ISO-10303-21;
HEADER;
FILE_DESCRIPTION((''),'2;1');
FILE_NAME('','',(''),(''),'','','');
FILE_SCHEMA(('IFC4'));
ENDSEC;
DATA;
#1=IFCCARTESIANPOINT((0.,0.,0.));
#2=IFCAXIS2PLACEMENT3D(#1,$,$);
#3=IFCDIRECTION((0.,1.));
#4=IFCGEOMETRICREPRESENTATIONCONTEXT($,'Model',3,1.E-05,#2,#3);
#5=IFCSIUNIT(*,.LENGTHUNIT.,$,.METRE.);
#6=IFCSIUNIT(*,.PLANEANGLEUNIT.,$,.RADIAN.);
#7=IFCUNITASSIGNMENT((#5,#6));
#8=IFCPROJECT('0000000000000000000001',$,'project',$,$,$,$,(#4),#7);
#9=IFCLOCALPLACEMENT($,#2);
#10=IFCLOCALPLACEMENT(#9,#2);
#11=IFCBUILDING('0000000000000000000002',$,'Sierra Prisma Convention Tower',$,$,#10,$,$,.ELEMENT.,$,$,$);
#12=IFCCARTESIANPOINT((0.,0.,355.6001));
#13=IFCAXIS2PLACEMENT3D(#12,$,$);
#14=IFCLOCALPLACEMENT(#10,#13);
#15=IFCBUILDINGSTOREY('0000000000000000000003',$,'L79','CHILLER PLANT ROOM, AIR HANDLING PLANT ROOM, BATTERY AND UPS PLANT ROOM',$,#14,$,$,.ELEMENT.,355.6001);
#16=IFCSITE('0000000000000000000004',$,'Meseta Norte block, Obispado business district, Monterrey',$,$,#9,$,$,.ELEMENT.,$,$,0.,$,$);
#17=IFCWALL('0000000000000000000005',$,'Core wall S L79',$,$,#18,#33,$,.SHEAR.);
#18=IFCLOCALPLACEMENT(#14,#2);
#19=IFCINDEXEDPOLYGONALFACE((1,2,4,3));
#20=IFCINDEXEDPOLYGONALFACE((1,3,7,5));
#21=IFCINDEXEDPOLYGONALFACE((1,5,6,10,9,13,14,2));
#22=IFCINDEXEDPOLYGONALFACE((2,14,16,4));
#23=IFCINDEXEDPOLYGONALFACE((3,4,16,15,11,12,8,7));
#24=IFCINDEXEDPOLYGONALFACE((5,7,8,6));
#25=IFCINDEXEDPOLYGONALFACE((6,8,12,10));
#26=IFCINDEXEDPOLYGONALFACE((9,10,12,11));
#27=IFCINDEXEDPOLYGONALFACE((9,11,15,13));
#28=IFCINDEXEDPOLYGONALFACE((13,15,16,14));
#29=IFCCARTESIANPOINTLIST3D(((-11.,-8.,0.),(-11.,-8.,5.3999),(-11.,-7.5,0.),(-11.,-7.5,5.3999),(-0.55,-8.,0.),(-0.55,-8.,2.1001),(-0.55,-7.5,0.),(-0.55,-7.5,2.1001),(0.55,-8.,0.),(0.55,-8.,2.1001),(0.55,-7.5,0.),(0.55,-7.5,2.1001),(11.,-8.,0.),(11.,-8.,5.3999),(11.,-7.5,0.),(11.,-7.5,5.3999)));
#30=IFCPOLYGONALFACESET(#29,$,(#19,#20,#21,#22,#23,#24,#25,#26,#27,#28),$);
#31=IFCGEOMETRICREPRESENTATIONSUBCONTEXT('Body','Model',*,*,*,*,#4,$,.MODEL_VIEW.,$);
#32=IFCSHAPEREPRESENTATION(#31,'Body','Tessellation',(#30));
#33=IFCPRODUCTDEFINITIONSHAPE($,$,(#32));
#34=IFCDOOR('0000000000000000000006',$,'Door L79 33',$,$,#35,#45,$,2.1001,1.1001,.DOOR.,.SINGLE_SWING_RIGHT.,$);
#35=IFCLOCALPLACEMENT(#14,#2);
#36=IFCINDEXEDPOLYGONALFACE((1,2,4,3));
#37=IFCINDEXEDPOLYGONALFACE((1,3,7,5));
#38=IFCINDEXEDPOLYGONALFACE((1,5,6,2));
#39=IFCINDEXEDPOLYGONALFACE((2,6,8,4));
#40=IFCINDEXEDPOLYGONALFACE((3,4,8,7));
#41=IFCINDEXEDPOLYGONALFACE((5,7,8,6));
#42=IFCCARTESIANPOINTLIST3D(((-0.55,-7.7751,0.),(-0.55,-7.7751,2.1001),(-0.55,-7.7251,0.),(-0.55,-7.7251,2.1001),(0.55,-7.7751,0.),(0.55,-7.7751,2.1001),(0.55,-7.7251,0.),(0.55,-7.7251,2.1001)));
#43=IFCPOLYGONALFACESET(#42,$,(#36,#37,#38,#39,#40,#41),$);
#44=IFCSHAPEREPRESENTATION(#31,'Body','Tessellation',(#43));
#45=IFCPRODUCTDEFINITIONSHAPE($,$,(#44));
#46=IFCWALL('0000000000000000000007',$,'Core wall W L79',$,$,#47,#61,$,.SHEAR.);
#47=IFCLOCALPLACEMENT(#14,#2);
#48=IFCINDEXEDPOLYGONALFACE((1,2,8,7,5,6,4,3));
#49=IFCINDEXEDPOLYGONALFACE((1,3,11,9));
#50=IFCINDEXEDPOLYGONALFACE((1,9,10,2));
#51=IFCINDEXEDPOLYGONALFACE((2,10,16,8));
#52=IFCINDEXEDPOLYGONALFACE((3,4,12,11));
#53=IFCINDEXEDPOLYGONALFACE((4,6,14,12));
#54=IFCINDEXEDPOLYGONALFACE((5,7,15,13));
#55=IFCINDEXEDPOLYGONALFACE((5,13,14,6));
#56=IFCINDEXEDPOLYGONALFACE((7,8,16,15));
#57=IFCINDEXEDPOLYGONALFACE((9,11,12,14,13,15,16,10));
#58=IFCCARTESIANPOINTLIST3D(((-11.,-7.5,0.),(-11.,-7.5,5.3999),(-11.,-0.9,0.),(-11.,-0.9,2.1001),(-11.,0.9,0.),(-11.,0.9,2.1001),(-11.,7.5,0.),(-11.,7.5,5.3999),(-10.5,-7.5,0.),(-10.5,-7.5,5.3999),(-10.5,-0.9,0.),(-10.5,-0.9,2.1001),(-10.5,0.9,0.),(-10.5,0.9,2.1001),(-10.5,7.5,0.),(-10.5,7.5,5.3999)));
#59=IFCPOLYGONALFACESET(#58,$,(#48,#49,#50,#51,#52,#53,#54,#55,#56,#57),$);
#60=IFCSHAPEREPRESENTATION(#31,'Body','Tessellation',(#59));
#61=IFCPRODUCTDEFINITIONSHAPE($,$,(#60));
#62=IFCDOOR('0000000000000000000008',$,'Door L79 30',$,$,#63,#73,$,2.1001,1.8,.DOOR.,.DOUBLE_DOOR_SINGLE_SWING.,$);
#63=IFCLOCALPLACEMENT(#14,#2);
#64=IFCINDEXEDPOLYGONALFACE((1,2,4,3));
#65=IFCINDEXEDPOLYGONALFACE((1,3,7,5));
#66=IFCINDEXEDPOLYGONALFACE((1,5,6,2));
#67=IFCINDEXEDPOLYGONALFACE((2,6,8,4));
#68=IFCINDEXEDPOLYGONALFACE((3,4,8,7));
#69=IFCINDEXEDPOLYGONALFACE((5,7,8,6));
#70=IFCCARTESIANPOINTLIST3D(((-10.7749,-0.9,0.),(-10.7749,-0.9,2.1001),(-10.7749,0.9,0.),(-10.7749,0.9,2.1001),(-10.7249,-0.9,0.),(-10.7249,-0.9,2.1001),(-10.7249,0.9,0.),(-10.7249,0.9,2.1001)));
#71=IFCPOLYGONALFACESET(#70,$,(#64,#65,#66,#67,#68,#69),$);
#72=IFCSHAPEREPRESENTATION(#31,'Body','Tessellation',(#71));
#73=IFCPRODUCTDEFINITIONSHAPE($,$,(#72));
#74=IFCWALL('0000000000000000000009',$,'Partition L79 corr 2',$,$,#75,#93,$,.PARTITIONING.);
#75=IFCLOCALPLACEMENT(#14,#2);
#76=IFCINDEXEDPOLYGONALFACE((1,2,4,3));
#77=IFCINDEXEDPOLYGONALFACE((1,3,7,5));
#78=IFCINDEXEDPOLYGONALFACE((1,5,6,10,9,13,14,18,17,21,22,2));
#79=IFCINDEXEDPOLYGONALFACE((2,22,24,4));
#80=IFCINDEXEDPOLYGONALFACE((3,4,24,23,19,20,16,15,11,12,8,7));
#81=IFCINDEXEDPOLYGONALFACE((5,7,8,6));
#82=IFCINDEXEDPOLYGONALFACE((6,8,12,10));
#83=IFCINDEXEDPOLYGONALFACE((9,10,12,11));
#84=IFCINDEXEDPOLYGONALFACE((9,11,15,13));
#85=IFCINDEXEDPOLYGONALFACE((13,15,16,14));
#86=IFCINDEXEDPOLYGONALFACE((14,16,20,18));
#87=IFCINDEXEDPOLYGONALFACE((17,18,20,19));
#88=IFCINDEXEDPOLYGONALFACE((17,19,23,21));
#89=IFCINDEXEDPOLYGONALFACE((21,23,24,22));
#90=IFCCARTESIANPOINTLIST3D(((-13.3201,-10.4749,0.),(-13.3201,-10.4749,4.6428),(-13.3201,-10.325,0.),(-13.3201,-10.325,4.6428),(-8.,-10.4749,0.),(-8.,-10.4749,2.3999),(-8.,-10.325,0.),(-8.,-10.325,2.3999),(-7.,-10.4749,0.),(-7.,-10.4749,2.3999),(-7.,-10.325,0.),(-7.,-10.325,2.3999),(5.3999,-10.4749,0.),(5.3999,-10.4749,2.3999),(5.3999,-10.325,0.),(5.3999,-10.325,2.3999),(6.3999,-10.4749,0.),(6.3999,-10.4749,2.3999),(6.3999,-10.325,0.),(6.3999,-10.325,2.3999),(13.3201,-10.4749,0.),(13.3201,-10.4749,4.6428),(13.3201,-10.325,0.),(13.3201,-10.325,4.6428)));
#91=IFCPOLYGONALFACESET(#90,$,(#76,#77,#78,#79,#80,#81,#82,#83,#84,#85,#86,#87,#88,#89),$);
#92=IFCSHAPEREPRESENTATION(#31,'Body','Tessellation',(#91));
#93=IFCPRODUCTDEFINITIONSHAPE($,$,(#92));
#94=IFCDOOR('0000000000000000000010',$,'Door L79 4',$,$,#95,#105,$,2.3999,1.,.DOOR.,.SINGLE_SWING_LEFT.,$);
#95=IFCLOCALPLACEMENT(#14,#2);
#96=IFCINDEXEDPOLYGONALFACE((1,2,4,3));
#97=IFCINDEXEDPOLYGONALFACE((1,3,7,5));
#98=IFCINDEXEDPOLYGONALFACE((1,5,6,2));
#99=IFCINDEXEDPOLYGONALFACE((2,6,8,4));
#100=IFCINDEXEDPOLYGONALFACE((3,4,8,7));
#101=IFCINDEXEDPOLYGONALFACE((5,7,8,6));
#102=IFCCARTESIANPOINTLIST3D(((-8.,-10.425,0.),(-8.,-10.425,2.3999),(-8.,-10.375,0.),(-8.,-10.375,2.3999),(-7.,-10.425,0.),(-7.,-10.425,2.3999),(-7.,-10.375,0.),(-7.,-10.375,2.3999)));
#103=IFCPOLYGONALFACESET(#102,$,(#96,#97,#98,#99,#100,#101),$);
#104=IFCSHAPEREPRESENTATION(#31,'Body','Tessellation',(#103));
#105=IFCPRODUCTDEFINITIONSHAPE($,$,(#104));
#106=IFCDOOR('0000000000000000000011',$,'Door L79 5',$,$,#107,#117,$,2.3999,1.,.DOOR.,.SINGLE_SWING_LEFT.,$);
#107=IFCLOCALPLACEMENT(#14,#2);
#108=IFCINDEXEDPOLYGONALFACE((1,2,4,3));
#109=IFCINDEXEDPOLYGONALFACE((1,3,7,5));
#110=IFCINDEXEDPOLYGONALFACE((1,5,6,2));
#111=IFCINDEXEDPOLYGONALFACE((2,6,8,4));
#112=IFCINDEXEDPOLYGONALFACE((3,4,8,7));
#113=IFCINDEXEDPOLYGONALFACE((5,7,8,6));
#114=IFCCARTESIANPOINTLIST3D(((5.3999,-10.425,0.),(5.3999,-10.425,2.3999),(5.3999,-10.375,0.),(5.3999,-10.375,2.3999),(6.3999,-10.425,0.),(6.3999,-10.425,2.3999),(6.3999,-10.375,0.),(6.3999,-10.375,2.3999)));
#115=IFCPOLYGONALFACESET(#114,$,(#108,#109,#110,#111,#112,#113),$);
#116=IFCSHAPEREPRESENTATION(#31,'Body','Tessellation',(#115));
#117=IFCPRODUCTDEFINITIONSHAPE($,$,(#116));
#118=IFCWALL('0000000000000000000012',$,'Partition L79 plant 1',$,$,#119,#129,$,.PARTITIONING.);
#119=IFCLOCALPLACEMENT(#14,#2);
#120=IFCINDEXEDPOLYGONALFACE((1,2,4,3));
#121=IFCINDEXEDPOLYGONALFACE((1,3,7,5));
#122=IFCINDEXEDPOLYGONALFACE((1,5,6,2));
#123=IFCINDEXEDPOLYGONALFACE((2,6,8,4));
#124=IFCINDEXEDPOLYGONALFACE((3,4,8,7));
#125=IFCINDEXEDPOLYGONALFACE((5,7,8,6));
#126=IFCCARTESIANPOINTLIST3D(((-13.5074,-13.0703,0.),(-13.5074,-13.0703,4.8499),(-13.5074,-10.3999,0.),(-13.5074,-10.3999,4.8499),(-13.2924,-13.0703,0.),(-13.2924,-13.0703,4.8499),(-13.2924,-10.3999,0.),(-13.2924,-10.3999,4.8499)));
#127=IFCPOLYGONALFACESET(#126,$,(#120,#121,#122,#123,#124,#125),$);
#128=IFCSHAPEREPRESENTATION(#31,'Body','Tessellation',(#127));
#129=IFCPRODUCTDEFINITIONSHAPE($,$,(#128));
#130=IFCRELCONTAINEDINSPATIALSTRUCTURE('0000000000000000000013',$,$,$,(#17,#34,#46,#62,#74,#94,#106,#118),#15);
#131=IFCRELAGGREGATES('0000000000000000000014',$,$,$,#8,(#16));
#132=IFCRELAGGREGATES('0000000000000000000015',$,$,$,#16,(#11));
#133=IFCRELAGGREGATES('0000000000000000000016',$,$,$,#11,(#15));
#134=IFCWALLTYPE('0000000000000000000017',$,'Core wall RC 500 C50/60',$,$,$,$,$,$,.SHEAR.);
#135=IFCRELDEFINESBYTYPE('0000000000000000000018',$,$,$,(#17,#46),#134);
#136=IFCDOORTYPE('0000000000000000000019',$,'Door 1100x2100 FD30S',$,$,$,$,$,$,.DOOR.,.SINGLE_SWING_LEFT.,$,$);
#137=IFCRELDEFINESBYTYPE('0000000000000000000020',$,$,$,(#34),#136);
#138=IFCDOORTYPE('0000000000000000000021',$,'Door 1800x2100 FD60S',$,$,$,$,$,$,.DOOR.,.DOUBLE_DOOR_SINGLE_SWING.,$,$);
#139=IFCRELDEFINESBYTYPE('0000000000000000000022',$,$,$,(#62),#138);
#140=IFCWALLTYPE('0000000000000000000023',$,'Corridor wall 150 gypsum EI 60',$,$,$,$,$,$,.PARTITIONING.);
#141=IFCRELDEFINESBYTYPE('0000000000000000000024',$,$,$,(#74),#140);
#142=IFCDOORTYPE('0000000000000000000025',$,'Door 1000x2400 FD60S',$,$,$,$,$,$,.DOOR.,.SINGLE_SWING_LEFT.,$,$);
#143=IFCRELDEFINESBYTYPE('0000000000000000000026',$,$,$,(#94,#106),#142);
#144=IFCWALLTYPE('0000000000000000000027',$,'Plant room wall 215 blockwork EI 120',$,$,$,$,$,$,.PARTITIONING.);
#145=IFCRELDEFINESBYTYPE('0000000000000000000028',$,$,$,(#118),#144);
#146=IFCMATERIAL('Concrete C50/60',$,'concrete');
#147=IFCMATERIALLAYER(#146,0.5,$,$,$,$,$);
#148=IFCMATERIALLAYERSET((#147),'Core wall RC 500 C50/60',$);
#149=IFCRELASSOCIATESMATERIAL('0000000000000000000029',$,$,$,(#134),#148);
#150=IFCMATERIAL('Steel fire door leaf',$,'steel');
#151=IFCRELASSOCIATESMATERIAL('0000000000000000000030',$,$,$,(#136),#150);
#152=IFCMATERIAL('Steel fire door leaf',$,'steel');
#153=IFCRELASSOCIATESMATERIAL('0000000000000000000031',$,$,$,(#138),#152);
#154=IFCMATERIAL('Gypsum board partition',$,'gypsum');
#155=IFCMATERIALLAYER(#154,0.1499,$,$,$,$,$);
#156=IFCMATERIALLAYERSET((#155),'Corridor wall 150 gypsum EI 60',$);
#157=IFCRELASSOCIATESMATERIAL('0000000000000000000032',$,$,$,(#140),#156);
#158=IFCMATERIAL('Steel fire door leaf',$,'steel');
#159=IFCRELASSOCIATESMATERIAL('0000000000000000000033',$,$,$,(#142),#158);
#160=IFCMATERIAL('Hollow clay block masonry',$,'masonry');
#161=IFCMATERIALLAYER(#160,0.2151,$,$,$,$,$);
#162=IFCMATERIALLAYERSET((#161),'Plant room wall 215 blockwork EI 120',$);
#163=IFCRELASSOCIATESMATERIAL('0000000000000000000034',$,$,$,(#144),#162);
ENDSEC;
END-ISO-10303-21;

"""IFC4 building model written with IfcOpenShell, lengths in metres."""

from ifc_helpers import new_model, si_unit, direction, frame, frame_2d, origin, place, context, subcontext, project, spatial, rectangle, extrude, material, layer, layer_set, type_object, element, fill, save


model = new_model("IFC4")

# Units and contexts
model_context = context("Model", 3, precision=1e-05, world=origin(), true_north=direction((0.0, 1.0)))
body_context = subcontext(model_context, "Body", "Model", "MODEL_VIEW")
ifc_project = project(units=[si_unit("LENGTHUNIT", "METRE"), si_unit("PLANEANGLEUNIT", "RADIAN")], contexts=[model_context])

# Site, building, storey
site_placement = place(None, origin())
site = spatial("IfcSite", under=ifc_project, at=site_placement, Name="Meseta Norte block, Obispado business district, Monterrey", CompositionType="ELEMENT", RefElevation=0.0)
building_placement = place(site_placement, origin())
building = spatial("IfcBuilding", under=site, at=building_placement, Name="Sierra Prisma Convention Tower", CompositionType="ELEMENT")
storey_placement = place(building_placement, frame((0.0, 0.0, 355.6001)))
storey = spatial("IfcBuildingStorey", under=building, at=storey_placement, Name="L79", Description="CHILLER PLANT ROOM, AIR HANDLING PLANT ROOM, BATTERY AND UPS PLANT ROOM", CompositionType="ELEMENT", Elevation=355.6001)

# Walls, openings, doors
ifc_material_1 = material(Name="Concrete C50/60", Category="concrete")
ifc_layer_1 = layer(ifc_material_1, 0.5)
ifc_layer_set_1 = layer_set([ifc_layer_1], Name="Core wall RC 500 C50/60")
wall_type_1 = type_object("IfcWallType", Name="Core wall RC 500 C50/60", PredefinedType="SHEAR", material=ifc_layer_set_1)
wall_1_placement = place(storey_placement, frame((-11.0, -7.75, 0.0), z_axis=(0.0, 0.0, 1.0), x_axis=(1.0, 0.0, 0.0)))
wall_1 = element("IfcWall", 1, at=wall_1_placement, inside=storey, type_object=wall_type_1, Name="Core wall S L79", PredefinedType="SHEAR", context=body_context, shape_type="SweptSolid", body=[
    extrude(rectangle(XDim=22.0, YDim=0.5, at=frame_2d((11.0, 0.0))), origin(), (0.0, 0.0, 1.0), 5.3999),
])
opening_1_placement = place(wall_1_placement, frame((10.45, 0.0, 0.0)))
opening_1 = element("IfcOpeningElement", 2, at=opening_1_placement, cuts=wall_1, PredefinedType="OPENING", context=body_context, shape_type="SweptSolid", body=[
    extrude(rectangle(XDim=1.1001, YDim=2.1001, at=frame_2d((0.55, 1.05))), frame((0.0, 0.25, 0.0), z_axis=(0.0, -1.0, 0.0), x_axis=(1.0, 0.0, 0.0)), (0.0, 0.0, 1.0), 0.5),
])
ifc_material_2 = material(Name="Steel fire door leaf", Category="steel")
door_type_1 = type_object("IfcDoorType", Name="Door 1100x2100 FD30S", OperationType="SINGLE_SWING_LEFT", PredefinedType="DOOR", material=ifc_material_2)
door_1_placement = place(opening_1_placement, origin())
door_1 = element("IfcDoor", 3, at=door_1_placement, inside=storey, type_object=door_type_1, Name="Door L79 33", OperationType="SINGLE_SWING_RIGHT", OverallHeight=2.1001, OverallWidth=1.1001, PredefinedType="DOOR", context=body_context, shape_type="SweptSolid", body=[
    extrude(rectangle(XDim=1.1001, YDim=2.1001, at=frame_2d((0.55, 1.05))), frame((0.0, 0.0249, 0.0), z_axis=(0.0, -1.0, 0.0), x_axis=(1.0, 0.0, 0.0)), (0.0, 0.0, 1.0), 0.05),
])
fill(opening_1, door_1)
wall_2_placement = place(storey_placement, frame((-10.75, -7.5, 0.0), z_axis=(0.0, 0.0, 1.0), x_axis=(0.0, 1.0, 0.0)))
wall_2 = element("IfcWall", 4, at=wall_2_placement, inside=storey, type_object=wall_type_1, Name="Core wall W L79", PredefinedType="SHEAR", context=body_context, shape_type="SweptSolid", body=[
    extrude(rectangle(XDim=15.0, YDim=0.5, at=frame_2d((7.5, 0.0))), origin(), (0.0, 0.0, 1.0), 5.3999),
])
opening_2_placement = place(wall_2_placement, frame((6.6001, 0.0, 0.0)))
opening_2 = element("IfcOpeningElement", 5, at=opening_2_placement, cuts=wall_2, PredefinedType="OPENING", context=body_context, shape_type="SweptSolid", body=[
    extrude(rectangle(XDim=1.8, YDim=2.1001, at=frame_2d((0.8999, 1.05))), frame((0.0, 0.25, 0.0), z_axis=(0.0, -1.0, 0.0), x_axis=(1.0, 0.0, 0.0)), (0.0, 0.0, 1.0), 0.5),
])
ifc_material_3 = material(Name="Steel fire door leaf", Category="steel")
door_type_2 = type_object("IfcDoorType", Name="Door 1800x2100 FD60S", OperationType="DOUBLE_DOOR_SINGLE_SWING", PredefinedType="DOOR", material=ifc_material_3)
door_2_placement = place(opening_2_placement, origin())
door_2 = element("IfcDoor", 6, at=door_2_placement, inside=storey, type_object=door_type_2, Name="Door L79 30", OperationType="DOUBLE_DOOR_SINGLE_SWING", OverallHeight=2.1001, OverallWidth=1.8, PredefinedType="DOOR", context=body_context, shape_type="SweptSolid", body=[
    extrude(rectangle(XDim=1.8, YDim=2.1001, at=frame_2d((0.8999, 1.05))), frame((0.0, 0.0249, 0.0), z_axis=(0.0, -1.0, 0.0), x_axis=(1.0, 0.0, 0.0)), (0.0, 0.0, 1.0), 0.05),
])
fill(opening_2, door_2)

# Wall, openings, doors
ifc_material_4 = material(Name="Gypsum board partition", Category="gypsum")
ifc_layer_2 = layer(ifc_material_4, 0.1499)
ifc_layer_set_2 = layer_set([ifc_layer_2], Name="Corridor wall 150 gypsum EI 60")
wall_type_2 = type_object("IfcWallType", Name="Corridor wall 150 gypsum EI 60", PredefinedType="PARTITIONING", material=ifc_layer_set_2)
wall_3_placement = place(storey_placement, frame((-13.3201, -10.3999, 0.0), z_axis=(0.0, 0.0, 1.0), x_axis=(1.0, 0.0, 0.0)))
wall_3 = element("IfcWall", 7, at=wall_3_placement, inside=storey, type_object=wall_type_2, Name="Partition L79 corr 2", PredefinedType="PARTITIONING", context=body_context, shape_type="SweptSolid", body=[
    extrude(rectangle(XDim=26.6401, YDim=0.1499, at=frame_2d((13.3201, 0.0))), origin(), (0.0, 0.0, 1.0), 4.6428),
])
opening_3_placement = place(wall_3_placement, frame((5.3201, 0.0, 0.0)))
opening_3 = element("IfcOpeningElement", 8, at=opening_3_placement, cuts=wall_3, PredefinedType="OPENING", context=body_context, shape_type="SweptSolid", body=[
    extrude(rectangle(XDim=1.0, YDim=2.3999, at=frame_2d((0.5, 1.2))), frame((0.0, 0.075, 0.0), z_axis=(0.0, -1.0, 0.0), x_axis=(1.0, 0.0, 0.0)), (0.0, 0.0, 1.0), 0.1499),
])
opening_4_placement = place(wall_3_placement, frame((18.72, 0.0, 0.0)))
opening_4 = element("IfcOpeningElement", 9, at=opening_4_placement, cuts=wall_3, PredefinedType="OPENING", context=body_context, shape_type="SweptSolid", body=[
    extrude(rectangle(XDim=1.0, YDim=2.3999, at=frame_2d((0.5, 1.2))), frame((0.0, 0.075, 0.0), z_axis=(0.0, -1.0, 0.0), x_axis=(1.0, 0.0, 0.0)), (0.0, 0.0, 1.0), 0.1499),
])
ifc_material_5 = material(Name="Steel fire door leaf", Category="steel")
door_type_3 = type_object("IfcDoorType", Name="Door 1000x2400 FD60S", OperationType="SINGLE_SWING_LEFT", PredefinedType="DOOR", material=ifc_material_5)
door_3_placement = place(opening_3_placement, origin())
door_3 = element("IfcDoor", 10, at=door_3_placement, inside=storey, type_object=door_type_3, Name="Door L79 4", OperationType="SINGLE_SWING_LEFT", OverallHeight=2.3999, OverallWidth=1.0, PredefinedType="DOOR", context=body_context, shape_type="SweptSolid", body=[
    extrude(rectangle(XDim=1.0, YDim=2.3999, at=frame_2d((0.5, 1.2))), frame((0.0, 0.0249, 0.0), z_axis=(0.0, -1.0, 0.0), x_axis=(1.0, 0.0, 0.0)), (0.0, 0.0, 1.0), 0.05),
])
fill(opening_3, door_3)
door_4_placement = place(opening_4_placement, origin())
door_4 = element("IfcDoor", 11, at=door_4_placement, inside=storey, type_object=door_type_3, Name="Door L79 5", OperationType="SINGLE_SWING_LEFT", OverallHeight=2.3999, OverallWidth=1.0, PredefinedType="DOOR", context=body_context, shape_type="SweptSolid", body=[
    extrude(rectangle(XDim=1.0, YDim=2.3999, at=frame_2d((0.5, 1.2))), frame((0.0, 0.0249, 0.0), z_axis=(0.0, -1.0, 0.0), x_axis=(1.0, 0.0, 0.0)), (0.0, 0.0, 1.0), 0.05),
])
fill(opening_4, door_4)

# Wall
ifc_material_6 = material(Name="Hollow clay block masonry", Category="masonry")
ifc_layer_3 = layer(ifc_material_6, 0.2151)
ifc_layer_set_3 = layer_set([ifc_layer_3], Name="Plant room wall 215 blockwork EI 120")
wall_type_3 = type_object("IfcWallType", Name="Plant room wall 215 blockwork EI 120", PredefinedType="PARTITIONING", material=ifc_layer_set_3)
wall_4_placement = place(storey_placement, frame((-13.3999, -10.3999, 0.0), z_axis=(0.0, 0.0, 1.0), x_axis=(0.0, -1.0, 0.0)))
element("IfcWall", 12, at=wall_4_placement, inside=storey, type_object=wall_type_3, Name="Partition L79 plant 1", PredefinedType="PARTITIONING", context=body_context, shape_type="SweptSolid", body=[
    extrude(rectangle(XDim=2.6704, YDim=0.2151, at=frame_2d((1.3352, 0.0))), origin(), (0.0, 0.0, 1.0), 4.8499),
])

save(model, "model.ifc")
